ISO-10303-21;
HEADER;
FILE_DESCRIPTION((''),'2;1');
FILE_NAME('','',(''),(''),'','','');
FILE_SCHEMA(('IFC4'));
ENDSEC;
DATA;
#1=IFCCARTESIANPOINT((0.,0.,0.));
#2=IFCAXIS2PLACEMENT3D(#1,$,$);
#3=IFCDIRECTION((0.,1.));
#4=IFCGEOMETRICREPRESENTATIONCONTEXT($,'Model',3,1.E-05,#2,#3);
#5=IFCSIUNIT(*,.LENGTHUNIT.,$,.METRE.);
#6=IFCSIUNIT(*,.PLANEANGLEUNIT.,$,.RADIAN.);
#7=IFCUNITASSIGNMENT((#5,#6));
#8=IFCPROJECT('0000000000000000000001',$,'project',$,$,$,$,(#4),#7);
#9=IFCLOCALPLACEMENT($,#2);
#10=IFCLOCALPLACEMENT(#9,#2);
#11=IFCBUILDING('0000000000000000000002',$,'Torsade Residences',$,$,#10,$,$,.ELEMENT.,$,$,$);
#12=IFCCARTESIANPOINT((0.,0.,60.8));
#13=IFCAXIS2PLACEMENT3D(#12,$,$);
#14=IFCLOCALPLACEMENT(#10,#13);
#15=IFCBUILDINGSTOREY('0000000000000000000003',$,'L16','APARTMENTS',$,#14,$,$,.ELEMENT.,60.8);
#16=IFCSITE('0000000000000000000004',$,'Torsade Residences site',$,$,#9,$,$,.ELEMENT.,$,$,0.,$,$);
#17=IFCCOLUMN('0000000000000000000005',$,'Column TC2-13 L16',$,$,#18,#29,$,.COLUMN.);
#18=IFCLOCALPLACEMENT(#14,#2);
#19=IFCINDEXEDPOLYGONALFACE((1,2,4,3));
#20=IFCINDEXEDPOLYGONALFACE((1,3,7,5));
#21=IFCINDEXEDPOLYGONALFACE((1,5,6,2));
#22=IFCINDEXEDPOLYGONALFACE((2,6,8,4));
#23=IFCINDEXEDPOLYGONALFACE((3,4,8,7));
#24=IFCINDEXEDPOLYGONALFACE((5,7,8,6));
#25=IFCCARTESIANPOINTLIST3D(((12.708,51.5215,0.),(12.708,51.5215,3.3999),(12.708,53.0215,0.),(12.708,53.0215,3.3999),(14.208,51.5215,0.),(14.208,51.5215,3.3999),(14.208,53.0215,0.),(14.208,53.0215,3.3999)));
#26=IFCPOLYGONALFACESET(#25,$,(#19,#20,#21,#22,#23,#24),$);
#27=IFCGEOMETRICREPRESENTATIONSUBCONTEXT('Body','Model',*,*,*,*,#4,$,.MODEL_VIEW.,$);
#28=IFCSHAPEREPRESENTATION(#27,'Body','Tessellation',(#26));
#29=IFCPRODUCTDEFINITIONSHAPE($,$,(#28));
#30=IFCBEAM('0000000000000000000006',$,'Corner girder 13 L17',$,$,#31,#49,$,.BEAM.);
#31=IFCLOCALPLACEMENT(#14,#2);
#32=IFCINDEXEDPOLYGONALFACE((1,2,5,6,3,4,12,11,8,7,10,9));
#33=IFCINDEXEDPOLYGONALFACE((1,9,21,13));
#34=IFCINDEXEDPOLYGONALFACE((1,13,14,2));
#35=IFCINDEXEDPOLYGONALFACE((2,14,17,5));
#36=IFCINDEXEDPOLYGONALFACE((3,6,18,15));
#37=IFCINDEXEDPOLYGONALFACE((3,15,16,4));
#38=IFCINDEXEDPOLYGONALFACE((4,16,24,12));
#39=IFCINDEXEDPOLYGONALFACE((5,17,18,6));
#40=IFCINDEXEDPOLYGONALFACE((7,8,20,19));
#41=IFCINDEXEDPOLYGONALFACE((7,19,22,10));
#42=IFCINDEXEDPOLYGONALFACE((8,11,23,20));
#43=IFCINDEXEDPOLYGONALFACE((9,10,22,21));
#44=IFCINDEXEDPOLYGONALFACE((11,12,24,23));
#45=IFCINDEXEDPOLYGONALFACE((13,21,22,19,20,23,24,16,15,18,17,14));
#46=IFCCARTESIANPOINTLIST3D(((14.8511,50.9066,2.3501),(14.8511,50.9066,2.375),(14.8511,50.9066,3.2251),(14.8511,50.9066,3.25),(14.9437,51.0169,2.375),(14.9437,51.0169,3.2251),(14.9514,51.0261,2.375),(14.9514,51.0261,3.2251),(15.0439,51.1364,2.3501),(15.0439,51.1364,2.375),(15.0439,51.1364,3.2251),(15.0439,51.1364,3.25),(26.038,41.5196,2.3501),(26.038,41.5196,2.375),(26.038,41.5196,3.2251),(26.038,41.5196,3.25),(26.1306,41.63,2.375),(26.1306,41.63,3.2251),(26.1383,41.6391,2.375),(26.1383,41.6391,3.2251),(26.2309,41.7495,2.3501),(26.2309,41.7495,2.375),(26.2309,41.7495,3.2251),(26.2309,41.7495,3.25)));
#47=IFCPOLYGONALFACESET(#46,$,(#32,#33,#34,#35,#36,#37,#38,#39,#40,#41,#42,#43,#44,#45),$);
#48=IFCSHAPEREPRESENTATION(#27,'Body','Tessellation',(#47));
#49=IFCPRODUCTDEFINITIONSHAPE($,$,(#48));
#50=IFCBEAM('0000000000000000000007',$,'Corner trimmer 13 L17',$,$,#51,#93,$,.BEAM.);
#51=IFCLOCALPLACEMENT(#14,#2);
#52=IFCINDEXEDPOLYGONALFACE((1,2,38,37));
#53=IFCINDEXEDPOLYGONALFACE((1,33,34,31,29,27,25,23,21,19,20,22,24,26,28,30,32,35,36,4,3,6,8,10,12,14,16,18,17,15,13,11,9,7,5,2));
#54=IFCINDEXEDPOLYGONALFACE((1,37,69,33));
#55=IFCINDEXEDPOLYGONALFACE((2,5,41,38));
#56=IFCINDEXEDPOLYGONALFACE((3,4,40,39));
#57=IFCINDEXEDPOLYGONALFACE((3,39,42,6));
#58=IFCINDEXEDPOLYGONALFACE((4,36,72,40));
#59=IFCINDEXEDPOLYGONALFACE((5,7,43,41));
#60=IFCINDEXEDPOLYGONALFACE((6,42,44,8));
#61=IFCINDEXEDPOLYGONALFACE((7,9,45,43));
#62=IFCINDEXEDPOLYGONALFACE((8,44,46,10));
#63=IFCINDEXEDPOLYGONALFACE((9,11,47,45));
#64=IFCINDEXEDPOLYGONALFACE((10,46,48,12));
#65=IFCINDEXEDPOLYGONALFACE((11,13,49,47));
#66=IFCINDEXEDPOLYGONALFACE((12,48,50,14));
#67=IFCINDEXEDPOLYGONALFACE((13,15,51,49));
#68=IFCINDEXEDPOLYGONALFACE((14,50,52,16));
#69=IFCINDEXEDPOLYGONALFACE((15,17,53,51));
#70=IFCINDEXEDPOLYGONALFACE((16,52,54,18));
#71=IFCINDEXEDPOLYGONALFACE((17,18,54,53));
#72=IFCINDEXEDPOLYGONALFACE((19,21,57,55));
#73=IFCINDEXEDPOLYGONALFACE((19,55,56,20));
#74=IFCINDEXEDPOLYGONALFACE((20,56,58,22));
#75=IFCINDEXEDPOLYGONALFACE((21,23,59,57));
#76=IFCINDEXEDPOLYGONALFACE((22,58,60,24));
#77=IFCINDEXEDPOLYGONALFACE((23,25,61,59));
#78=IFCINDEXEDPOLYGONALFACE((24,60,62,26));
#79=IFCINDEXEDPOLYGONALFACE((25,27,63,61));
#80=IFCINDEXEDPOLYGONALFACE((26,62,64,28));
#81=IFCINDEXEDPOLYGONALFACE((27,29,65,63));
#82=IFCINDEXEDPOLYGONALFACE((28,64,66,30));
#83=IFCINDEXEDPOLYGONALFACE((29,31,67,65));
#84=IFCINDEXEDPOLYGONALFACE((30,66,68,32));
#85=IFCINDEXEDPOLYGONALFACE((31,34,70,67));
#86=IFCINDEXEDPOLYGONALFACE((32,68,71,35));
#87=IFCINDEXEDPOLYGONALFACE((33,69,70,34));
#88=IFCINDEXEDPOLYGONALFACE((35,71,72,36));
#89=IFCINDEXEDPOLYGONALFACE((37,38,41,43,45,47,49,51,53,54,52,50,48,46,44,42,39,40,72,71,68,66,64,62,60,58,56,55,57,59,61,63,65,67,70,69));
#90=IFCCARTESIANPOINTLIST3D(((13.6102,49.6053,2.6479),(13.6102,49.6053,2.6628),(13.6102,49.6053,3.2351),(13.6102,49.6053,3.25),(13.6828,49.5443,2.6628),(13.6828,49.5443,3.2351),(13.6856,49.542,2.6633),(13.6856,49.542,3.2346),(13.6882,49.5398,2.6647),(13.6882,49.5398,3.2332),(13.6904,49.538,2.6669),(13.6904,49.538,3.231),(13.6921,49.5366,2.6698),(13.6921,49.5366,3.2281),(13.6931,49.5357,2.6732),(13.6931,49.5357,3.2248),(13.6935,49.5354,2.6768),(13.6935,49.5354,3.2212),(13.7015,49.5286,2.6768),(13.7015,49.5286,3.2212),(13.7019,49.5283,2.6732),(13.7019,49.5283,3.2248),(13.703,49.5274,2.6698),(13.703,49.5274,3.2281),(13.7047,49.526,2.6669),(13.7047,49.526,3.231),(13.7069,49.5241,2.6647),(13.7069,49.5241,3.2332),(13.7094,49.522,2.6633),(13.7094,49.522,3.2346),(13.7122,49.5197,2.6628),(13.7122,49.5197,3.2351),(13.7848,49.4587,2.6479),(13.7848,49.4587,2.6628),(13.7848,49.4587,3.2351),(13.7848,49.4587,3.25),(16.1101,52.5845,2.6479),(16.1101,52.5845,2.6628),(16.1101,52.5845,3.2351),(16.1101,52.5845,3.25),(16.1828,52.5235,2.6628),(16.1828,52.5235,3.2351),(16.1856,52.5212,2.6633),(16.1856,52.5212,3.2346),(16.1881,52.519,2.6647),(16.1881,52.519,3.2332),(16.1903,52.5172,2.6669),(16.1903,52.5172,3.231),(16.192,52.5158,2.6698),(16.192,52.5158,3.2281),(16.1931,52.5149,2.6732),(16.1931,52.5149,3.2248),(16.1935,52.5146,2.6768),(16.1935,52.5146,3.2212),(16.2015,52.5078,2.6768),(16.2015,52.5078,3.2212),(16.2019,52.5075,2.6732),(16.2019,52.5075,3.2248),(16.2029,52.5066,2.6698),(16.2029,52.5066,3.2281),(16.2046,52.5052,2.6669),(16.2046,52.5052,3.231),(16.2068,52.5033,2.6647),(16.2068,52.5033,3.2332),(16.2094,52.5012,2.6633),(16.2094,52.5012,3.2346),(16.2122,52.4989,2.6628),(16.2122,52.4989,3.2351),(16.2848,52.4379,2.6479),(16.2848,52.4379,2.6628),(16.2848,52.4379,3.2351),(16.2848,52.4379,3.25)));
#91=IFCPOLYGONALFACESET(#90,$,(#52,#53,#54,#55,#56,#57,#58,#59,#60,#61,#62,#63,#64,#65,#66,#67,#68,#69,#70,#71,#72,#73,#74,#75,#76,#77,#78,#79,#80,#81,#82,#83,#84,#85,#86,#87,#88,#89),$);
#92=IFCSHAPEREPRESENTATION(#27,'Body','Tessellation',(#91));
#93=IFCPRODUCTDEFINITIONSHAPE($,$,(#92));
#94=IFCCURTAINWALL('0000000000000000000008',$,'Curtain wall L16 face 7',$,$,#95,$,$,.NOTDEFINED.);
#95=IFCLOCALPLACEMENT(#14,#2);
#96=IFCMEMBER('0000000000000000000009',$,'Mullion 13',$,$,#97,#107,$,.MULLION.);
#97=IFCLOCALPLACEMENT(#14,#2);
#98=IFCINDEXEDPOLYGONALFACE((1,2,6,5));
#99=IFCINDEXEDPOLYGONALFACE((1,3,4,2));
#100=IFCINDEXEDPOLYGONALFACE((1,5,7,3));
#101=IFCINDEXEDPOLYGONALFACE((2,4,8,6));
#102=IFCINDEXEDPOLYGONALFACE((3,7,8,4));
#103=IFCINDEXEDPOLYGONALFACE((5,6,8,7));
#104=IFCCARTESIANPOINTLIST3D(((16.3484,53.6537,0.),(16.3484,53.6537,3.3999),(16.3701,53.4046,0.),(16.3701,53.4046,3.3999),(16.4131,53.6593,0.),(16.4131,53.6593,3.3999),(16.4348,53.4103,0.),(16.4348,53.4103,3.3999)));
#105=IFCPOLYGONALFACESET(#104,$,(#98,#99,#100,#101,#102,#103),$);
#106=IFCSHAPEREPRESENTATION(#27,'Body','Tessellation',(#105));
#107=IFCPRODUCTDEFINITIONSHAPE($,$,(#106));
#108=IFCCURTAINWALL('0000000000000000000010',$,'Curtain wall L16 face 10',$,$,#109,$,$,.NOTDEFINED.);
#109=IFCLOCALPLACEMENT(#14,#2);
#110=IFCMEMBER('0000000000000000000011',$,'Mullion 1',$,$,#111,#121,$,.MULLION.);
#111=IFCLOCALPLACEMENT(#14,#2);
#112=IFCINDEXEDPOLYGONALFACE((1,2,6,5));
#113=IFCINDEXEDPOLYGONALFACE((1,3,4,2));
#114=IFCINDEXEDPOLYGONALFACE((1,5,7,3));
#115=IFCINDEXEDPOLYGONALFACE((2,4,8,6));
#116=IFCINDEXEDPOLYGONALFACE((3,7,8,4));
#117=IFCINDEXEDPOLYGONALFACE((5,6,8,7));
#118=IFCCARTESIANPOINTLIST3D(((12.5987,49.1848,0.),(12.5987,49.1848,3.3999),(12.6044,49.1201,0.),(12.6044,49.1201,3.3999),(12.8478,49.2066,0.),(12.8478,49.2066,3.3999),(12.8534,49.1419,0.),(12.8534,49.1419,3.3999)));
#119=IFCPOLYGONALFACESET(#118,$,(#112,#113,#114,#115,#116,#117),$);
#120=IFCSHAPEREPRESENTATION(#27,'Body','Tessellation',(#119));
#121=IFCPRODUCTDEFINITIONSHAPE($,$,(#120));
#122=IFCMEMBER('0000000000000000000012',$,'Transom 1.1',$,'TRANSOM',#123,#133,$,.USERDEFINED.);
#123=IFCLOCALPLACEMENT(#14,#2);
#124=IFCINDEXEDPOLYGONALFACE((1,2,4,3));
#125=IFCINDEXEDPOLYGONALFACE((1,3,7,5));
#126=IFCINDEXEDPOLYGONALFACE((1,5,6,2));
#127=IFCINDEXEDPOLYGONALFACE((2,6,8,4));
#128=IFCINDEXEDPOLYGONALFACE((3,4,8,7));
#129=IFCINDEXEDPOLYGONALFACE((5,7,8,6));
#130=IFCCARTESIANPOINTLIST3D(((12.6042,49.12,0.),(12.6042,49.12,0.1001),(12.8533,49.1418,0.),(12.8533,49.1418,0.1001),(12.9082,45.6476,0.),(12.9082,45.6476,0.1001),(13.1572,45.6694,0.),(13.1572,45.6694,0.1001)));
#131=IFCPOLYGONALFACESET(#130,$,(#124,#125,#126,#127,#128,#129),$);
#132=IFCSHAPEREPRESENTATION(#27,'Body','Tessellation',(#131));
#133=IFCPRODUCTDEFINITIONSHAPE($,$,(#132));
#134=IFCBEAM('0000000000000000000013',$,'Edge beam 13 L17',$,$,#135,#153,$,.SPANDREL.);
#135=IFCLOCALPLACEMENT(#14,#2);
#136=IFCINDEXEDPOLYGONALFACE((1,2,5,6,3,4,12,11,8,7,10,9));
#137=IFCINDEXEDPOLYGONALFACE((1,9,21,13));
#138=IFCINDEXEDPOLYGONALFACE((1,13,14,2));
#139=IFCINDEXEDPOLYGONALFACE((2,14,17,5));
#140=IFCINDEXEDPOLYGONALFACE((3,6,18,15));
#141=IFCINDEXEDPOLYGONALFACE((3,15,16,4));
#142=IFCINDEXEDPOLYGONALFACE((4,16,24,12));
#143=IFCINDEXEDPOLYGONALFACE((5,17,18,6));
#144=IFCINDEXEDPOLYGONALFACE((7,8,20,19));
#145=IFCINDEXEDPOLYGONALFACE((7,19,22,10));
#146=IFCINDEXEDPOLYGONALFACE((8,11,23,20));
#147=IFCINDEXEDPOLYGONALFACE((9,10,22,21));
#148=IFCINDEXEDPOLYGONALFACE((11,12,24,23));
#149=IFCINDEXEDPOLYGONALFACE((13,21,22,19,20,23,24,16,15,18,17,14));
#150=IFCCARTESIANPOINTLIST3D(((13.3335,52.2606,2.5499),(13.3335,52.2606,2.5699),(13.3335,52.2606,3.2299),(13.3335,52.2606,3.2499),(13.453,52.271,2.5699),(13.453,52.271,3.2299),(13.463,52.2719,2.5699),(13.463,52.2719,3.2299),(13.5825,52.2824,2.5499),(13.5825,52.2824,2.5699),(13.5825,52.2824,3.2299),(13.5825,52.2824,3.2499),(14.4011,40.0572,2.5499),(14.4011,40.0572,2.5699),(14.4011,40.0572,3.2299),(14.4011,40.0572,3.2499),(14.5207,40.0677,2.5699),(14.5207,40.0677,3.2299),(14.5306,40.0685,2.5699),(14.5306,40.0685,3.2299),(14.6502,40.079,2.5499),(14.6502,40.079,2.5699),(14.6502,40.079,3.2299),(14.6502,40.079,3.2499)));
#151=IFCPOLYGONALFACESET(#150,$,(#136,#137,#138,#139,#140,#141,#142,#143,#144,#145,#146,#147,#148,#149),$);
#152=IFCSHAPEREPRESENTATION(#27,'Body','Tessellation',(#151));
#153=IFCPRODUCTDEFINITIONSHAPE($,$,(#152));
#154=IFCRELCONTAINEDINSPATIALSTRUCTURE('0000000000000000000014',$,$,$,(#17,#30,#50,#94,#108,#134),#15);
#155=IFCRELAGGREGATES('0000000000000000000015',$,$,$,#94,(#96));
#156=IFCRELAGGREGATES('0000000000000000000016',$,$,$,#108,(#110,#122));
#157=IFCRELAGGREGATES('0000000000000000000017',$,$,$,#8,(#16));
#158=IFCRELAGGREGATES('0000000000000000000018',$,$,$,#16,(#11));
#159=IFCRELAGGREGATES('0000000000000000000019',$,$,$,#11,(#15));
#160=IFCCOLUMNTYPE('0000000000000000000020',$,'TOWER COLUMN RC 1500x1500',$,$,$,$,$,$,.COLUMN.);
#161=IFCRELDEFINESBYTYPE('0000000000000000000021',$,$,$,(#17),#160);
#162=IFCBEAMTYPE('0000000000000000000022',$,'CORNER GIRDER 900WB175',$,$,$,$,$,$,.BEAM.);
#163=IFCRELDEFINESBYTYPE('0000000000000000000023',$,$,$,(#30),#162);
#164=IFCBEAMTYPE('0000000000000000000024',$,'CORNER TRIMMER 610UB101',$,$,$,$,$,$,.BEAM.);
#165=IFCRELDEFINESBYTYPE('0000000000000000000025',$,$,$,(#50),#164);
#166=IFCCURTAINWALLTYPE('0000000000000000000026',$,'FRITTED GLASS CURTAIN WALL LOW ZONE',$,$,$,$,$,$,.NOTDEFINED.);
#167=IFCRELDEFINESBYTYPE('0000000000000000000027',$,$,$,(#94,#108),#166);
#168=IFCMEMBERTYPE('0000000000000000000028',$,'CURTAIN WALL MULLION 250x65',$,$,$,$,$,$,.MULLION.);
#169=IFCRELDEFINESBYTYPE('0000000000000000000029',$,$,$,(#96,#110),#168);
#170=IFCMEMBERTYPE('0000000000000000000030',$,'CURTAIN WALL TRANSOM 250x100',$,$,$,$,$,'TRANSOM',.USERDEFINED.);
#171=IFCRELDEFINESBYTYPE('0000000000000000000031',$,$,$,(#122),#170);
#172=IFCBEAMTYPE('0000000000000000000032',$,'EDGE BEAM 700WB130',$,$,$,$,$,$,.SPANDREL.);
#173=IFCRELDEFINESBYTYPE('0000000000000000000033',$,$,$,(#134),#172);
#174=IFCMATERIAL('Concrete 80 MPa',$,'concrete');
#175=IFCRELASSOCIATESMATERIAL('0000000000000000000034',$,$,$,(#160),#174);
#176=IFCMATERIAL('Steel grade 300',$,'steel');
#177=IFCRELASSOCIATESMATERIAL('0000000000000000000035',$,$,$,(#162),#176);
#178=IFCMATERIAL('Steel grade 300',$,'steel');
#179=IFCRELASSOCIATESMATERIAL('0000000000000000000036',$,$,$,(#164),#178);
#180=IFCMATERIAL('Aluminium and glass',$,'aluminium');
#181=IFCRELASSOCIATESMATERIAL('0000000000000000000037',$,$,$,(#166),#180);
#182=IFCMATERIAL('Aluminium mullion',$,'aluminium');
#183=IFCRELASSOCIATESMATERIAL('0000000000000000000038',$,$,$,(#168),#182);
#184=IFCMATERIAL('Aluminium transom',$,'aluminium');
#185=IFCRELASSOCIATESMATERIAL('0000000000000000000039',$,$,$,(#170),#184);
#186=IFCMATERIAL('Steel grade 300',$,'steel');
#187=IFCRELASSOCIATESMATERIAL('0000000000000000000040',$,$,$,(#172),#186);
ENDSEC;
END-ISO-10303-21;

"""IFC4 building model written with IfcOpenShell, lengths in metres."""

from ifc_helpers import new_model, si_unit, direction, frame, origin, origin_2d, place, context, subcontext, project, spatial, rectangle, i_section, extrude, material, material_profile, profile_set, type_object, element, aggregate, save


model = new_model("IFC4")

# Units and contexts
model_context = context("Model", 3, precision=1e-05, world=origin(), true_north=direction((0.0, 1.0)))
body_context = subcontext(model_context, "Body", "Model", "MODEL_VIEW")
ifc_project = project(units=[si_unit("LENGTHUNIT", "METRE"), si_unit("PLANEANGLEUNIT", "RADIAN")], contexts=[model_context])

# Site, building, storey
site_placement = place(None, origin())
site = spatial("IfcSite", under=ifc_project, at=site_placement, Name="Torsade Residences site", CompositionType="ELEMENT", RefElevation=0.0)
building_placement = place(site_placement, origin())
building = spatial("IfcBuilding", under=site, at=building_placement, Name="Torsade Residences", CompositionType="ELEMENT")
storey_placement = place(building_placement, frame((0.0, 0.0, 60.8)))
storey = spatial("IfcBuildingStorey", under=building, at=storey_placement, Name="L16", Description="APARTMENTS", CompositionType="ELEMENT", Elevation=60.8)

# Column
ifc_material_1 = material(Name="Concrete 80 MPa", Category="concrete")
ifc_material_profile_1 = material_profile(ifc_material_1, rectangle(XDim=1.5, YDim=1.5, at=origin_2d()), Name="RC 1500x1500")
ifc_profile_set_1 = profile_set([ifc_material_profile_1], Name="Concrete 80 MPa")
column_type = type_object("IfcColumnType", Name="TOWER COLUMN RC 1500x1500", PredefinedType="COLUMN", material=ifc_profile_set_1)
column_placement = place(storey_placement, frame((13.458, 52.2715, 0.0), z_axis=(0.0, 0.0, 1.0), x_axis=(1.0, 0.0, 0.0)))
element("IfcColumn", 1, at=column_placement, inside=storey, type_object=column_type, Name="Column TC2-13 L16", PredefinedType="COLUMN", context=body_context, shape_type="SweptSolid", body=[
    extrude(rectangle(XDim=1.5, YDim=1.5, at=origin_2d()), origin(), (0.0, 0.0, 1.0), 3.3999),
])

# Beams
ifc_material_2 = material(Name="Steel grade 300", Category="steel")
ifc_material_profile_2 = material_profile(ifc_material_2, i_section(OverallWidth=0.3, OverallDepth=0.8999, WebThickness=0.012, FlangeThickness=0.0249, at=origin_2d()), Name="900WB175")
ifc_profile_set_2 = profile_set([ifc_material_profile_2], Name="Steel grade 300")
beam_type_1 = type_object("IfcBeamType", Name="CORNER GIRDER 900WB175", PredefinedType="BEAM", material=ifc_profile_set_2)
beam_1_placement = place(storey_placement, frame((14.9475, 51.0215, 2.8), z_axis=(0.766046, -0.642785, 0.0), x_axis=(0.642785, 0.766046, 0.0)))
element("IfcBeam", 2, at=beam_1_placement, inside=storey, type_object=beam_type_1, Name="Corner girder 13 L17", PredefinedType="BEAM", context=body_context, shape_type="SweptSolid", body=[
    extrude(i_section(OverallWidth=0.3, OverallDepth=0.8999, WebThickness=0.012, FlangeThickness=0.0249, at=origin_2d()), origin(), (0.0, 0.0, 1.0), 14.6035),
])
ifc_material_3 = material(Name="Steel grade 300", Category="steel")
ifc_material_profile_3 = material_profile(ifc_material_3, i_section(OverallWidth=0.228, OverallDepth=0.6021, WebThickness=0.0105, FlangeThickness=0.0149, FilletRadius=0.0139, at=origin_2d()), Name="610UB101")
ifc_profile_set_3 = profile_set([ifc_material_profile_3], Name="Steel grade 300")
beam_type_2 = type_object("IfcBeamType", Name="CORNER TRIMMER 610UB101", PredefinedType="BEAM", material=ifc_profile_set_3)
beam_2_placement = place(storey_placement, frame((13.6975, 49.532, 2.949), z_axis=(0.642805, 0.76603, 0.0), x_axis=(-0.76603, 0.642805, 0.0)))
element("IfcBeam", 3, at=beam_2_placement, inside=storey, type_object=beam_type_2, Name="Corner trimmer 13 L17", PredefinedType="BEAM", context=body_context, shape_type="SweptSolid", body=[
    extrude(i_section(OverallWidth=0.228, OverallDepth=0.6021, WebThickness=0.0105, FlangeThickness=0.0149, FilletRadius=0.0139, at=origin_2d()), origin(), (0.0, 0.0, 1.0), 3.8892),
])

# Curtain wall, member
ifc_material_4 = material(Name="Aluminium and glass", Category="aluminium")
curtain_wall_type = type_object("IfcCurtainWallType", Name="FRITTED GLASS CURTAIN WALL LOW ZONE", PredefinedType="NOTDEFINED", material=ifc_material_4)
curtain_wall_1_placement = place(storey_placement, origin())
curtain_wall_1 = element("IfcCurtainWall", 4, at=curtain_wall_1_placement, inside=storey, type_object=curtain_wall_type, Name="Curtain wall L16 face 7", PredefinedType="NOTDEFINED")
ifc_material_5 = material(Name="Aluminium mullion", Category="aluminium")
ifc_material_profile_4 = material_profile(ifc_material_5, rectangle(XDim=0.25, YDim=0.0649, at=origin_2d()), Name="CURTAIN WALL MULLION 250x65")
ifc_profile_set_4 = profile_set([ifc_material_profile_4], Name="Aluminium mullion")
member_type_1 = type_object("IfcMemberType", Name="CURTAIN WALL MULLION 250x65", PredefinedType="MULLION", material=ifc_profile_set_4)
member_1_placement = place(storey_placement, frame((16.3916, 53.532, 0.0), z_axis=(0.0, 0.0, 1.0), x_axis=(0.087156, -0.996195, 0.0)))
member_1 = element("IfcMember", 5, at=member_1_placement, type_object=member_type_1, Name="Mullion 13", PredefinedType="MULLION", context=body_context, shape_type="SweptSolid", body=[
    extrude(rectangle(XDim=0.25, YDim=0.0649, at=origin_2d()), origin(), (0.0, 0.0, 1.0), 3.3999),
])
aggregate(curtain_wall_1, [member_1])

# Curtain wall, members
curtain_wall_2_placement = place(storey_placement, origin())
curtain_wall_2 = element("IfcCurtainWall", 6, at=curtain_wall_2_placement, inside=storey, type_object=curtain_wall_type, Name="Curtain wall L16 face 10", PredefinedType="NOTDEFINED")
member_2_placement = place(storey_placement, frame((12.7261, 49.1633, 0.0), z_axis=(0.0, 0.0, 1.0), x_axis=(0.996195, 0.087156, 0.0)))
member_2 = element("IfcMember", 7, at=member_2_placement, type_object=member_type_1, Name="Mullion 1", PredefinedType="MULLION", context=body_context, shape_type="SweptSolid", body=[
    extrude(rectangle(XDim=0.25, YDim=0.0649, at=origin_2d()), origin(), (0.0, 0.0, 1.0), 3.3999),
])
ifc_material_6 = material(Name="Aluminium transom", Category="aluminium")
ifc_material_profile_5 = material_profile(ifc_material_6, rectangle(XDim=0.25, YDim=0.1001, at=origin_2d()), Name="CURTAIN WALL TRANSOM 250x100")
ifc_profile_set_5 = profile_set([ifc_material_profile_5], Name="Aluminium transom")
member_type_2 = type_object("IfcMemberType", Name="CURTAIN WALL TRANSOM 250x100", ElementType="TRANSOM", PredefinedType="USERDEFINED", material=ifc_profile_set_5)
member_3_placement = place(storey_placement, frame((12.7288, 49.1309, 0.05), z_axis=(0.087201, -0.996191, 0.0), x_axis=(0.996191, 0.087201, 0.0)))
member_3 = element("IfcMember", 8, at=member_3_placement, type_object=member_type_2, Name="Transom 1.1", ObjectType="TRANSOM", PredefinedType="USERDEFINED", context=body_context, shape_type="SweptSolid", body=[
    extrude(rectangle(XDim=0.25, YDim=0.1001, at=origin_2d()), origin(), (0.0, 0.0, 1.0), 3.4856),
])

# Beam
ifc_material_7 = material(Name="Steel grade 300", Category="steel")
ifc_material_profile_6 = material_profile(ifc_material_7, i_section(OverallWidth=0.25, OverallDepth=0.7, WebThickness=0.01, FlangeThickness=0.02, at=origin_2d()), Name="700WB130")
ifc_profile_set_6 = profile_set([ifc_material_profile_6], Name="Steel grade 300")
beam_type_3 = type_object("IfcBeamType", Name="EDGE BEAM 700WB130", PredefinedType="SPANDREL", material=ifc_profile_set_6)
beam_3_placement = place(storey_placement, frame((13.458, 52.2715, 2.8999), z_axis=(0.087153, -0.996195, 0.0), x_axis=(0.996195, 0.087153, 0.0)))
element("IfcBeam", 9, at=beam_3_placement, inside=storey, type_object=beam_type_3, Name="Edge beam 13 L17", PredefinedType="SPANDREL", context=body_context, shape_type="SweptSolid", body=[
    extrude(i_section(OverallWidth=0.25, OverallDepth=0.7, WebThickness=0.01, FlangeThickness=0.02, at=origin_2d()), origin(), (0.0, 0.0, 1.0), 12.25),
])

aggregate(curtain_wall_2, [member_2, member_3])

save(model, "model.ifc")
